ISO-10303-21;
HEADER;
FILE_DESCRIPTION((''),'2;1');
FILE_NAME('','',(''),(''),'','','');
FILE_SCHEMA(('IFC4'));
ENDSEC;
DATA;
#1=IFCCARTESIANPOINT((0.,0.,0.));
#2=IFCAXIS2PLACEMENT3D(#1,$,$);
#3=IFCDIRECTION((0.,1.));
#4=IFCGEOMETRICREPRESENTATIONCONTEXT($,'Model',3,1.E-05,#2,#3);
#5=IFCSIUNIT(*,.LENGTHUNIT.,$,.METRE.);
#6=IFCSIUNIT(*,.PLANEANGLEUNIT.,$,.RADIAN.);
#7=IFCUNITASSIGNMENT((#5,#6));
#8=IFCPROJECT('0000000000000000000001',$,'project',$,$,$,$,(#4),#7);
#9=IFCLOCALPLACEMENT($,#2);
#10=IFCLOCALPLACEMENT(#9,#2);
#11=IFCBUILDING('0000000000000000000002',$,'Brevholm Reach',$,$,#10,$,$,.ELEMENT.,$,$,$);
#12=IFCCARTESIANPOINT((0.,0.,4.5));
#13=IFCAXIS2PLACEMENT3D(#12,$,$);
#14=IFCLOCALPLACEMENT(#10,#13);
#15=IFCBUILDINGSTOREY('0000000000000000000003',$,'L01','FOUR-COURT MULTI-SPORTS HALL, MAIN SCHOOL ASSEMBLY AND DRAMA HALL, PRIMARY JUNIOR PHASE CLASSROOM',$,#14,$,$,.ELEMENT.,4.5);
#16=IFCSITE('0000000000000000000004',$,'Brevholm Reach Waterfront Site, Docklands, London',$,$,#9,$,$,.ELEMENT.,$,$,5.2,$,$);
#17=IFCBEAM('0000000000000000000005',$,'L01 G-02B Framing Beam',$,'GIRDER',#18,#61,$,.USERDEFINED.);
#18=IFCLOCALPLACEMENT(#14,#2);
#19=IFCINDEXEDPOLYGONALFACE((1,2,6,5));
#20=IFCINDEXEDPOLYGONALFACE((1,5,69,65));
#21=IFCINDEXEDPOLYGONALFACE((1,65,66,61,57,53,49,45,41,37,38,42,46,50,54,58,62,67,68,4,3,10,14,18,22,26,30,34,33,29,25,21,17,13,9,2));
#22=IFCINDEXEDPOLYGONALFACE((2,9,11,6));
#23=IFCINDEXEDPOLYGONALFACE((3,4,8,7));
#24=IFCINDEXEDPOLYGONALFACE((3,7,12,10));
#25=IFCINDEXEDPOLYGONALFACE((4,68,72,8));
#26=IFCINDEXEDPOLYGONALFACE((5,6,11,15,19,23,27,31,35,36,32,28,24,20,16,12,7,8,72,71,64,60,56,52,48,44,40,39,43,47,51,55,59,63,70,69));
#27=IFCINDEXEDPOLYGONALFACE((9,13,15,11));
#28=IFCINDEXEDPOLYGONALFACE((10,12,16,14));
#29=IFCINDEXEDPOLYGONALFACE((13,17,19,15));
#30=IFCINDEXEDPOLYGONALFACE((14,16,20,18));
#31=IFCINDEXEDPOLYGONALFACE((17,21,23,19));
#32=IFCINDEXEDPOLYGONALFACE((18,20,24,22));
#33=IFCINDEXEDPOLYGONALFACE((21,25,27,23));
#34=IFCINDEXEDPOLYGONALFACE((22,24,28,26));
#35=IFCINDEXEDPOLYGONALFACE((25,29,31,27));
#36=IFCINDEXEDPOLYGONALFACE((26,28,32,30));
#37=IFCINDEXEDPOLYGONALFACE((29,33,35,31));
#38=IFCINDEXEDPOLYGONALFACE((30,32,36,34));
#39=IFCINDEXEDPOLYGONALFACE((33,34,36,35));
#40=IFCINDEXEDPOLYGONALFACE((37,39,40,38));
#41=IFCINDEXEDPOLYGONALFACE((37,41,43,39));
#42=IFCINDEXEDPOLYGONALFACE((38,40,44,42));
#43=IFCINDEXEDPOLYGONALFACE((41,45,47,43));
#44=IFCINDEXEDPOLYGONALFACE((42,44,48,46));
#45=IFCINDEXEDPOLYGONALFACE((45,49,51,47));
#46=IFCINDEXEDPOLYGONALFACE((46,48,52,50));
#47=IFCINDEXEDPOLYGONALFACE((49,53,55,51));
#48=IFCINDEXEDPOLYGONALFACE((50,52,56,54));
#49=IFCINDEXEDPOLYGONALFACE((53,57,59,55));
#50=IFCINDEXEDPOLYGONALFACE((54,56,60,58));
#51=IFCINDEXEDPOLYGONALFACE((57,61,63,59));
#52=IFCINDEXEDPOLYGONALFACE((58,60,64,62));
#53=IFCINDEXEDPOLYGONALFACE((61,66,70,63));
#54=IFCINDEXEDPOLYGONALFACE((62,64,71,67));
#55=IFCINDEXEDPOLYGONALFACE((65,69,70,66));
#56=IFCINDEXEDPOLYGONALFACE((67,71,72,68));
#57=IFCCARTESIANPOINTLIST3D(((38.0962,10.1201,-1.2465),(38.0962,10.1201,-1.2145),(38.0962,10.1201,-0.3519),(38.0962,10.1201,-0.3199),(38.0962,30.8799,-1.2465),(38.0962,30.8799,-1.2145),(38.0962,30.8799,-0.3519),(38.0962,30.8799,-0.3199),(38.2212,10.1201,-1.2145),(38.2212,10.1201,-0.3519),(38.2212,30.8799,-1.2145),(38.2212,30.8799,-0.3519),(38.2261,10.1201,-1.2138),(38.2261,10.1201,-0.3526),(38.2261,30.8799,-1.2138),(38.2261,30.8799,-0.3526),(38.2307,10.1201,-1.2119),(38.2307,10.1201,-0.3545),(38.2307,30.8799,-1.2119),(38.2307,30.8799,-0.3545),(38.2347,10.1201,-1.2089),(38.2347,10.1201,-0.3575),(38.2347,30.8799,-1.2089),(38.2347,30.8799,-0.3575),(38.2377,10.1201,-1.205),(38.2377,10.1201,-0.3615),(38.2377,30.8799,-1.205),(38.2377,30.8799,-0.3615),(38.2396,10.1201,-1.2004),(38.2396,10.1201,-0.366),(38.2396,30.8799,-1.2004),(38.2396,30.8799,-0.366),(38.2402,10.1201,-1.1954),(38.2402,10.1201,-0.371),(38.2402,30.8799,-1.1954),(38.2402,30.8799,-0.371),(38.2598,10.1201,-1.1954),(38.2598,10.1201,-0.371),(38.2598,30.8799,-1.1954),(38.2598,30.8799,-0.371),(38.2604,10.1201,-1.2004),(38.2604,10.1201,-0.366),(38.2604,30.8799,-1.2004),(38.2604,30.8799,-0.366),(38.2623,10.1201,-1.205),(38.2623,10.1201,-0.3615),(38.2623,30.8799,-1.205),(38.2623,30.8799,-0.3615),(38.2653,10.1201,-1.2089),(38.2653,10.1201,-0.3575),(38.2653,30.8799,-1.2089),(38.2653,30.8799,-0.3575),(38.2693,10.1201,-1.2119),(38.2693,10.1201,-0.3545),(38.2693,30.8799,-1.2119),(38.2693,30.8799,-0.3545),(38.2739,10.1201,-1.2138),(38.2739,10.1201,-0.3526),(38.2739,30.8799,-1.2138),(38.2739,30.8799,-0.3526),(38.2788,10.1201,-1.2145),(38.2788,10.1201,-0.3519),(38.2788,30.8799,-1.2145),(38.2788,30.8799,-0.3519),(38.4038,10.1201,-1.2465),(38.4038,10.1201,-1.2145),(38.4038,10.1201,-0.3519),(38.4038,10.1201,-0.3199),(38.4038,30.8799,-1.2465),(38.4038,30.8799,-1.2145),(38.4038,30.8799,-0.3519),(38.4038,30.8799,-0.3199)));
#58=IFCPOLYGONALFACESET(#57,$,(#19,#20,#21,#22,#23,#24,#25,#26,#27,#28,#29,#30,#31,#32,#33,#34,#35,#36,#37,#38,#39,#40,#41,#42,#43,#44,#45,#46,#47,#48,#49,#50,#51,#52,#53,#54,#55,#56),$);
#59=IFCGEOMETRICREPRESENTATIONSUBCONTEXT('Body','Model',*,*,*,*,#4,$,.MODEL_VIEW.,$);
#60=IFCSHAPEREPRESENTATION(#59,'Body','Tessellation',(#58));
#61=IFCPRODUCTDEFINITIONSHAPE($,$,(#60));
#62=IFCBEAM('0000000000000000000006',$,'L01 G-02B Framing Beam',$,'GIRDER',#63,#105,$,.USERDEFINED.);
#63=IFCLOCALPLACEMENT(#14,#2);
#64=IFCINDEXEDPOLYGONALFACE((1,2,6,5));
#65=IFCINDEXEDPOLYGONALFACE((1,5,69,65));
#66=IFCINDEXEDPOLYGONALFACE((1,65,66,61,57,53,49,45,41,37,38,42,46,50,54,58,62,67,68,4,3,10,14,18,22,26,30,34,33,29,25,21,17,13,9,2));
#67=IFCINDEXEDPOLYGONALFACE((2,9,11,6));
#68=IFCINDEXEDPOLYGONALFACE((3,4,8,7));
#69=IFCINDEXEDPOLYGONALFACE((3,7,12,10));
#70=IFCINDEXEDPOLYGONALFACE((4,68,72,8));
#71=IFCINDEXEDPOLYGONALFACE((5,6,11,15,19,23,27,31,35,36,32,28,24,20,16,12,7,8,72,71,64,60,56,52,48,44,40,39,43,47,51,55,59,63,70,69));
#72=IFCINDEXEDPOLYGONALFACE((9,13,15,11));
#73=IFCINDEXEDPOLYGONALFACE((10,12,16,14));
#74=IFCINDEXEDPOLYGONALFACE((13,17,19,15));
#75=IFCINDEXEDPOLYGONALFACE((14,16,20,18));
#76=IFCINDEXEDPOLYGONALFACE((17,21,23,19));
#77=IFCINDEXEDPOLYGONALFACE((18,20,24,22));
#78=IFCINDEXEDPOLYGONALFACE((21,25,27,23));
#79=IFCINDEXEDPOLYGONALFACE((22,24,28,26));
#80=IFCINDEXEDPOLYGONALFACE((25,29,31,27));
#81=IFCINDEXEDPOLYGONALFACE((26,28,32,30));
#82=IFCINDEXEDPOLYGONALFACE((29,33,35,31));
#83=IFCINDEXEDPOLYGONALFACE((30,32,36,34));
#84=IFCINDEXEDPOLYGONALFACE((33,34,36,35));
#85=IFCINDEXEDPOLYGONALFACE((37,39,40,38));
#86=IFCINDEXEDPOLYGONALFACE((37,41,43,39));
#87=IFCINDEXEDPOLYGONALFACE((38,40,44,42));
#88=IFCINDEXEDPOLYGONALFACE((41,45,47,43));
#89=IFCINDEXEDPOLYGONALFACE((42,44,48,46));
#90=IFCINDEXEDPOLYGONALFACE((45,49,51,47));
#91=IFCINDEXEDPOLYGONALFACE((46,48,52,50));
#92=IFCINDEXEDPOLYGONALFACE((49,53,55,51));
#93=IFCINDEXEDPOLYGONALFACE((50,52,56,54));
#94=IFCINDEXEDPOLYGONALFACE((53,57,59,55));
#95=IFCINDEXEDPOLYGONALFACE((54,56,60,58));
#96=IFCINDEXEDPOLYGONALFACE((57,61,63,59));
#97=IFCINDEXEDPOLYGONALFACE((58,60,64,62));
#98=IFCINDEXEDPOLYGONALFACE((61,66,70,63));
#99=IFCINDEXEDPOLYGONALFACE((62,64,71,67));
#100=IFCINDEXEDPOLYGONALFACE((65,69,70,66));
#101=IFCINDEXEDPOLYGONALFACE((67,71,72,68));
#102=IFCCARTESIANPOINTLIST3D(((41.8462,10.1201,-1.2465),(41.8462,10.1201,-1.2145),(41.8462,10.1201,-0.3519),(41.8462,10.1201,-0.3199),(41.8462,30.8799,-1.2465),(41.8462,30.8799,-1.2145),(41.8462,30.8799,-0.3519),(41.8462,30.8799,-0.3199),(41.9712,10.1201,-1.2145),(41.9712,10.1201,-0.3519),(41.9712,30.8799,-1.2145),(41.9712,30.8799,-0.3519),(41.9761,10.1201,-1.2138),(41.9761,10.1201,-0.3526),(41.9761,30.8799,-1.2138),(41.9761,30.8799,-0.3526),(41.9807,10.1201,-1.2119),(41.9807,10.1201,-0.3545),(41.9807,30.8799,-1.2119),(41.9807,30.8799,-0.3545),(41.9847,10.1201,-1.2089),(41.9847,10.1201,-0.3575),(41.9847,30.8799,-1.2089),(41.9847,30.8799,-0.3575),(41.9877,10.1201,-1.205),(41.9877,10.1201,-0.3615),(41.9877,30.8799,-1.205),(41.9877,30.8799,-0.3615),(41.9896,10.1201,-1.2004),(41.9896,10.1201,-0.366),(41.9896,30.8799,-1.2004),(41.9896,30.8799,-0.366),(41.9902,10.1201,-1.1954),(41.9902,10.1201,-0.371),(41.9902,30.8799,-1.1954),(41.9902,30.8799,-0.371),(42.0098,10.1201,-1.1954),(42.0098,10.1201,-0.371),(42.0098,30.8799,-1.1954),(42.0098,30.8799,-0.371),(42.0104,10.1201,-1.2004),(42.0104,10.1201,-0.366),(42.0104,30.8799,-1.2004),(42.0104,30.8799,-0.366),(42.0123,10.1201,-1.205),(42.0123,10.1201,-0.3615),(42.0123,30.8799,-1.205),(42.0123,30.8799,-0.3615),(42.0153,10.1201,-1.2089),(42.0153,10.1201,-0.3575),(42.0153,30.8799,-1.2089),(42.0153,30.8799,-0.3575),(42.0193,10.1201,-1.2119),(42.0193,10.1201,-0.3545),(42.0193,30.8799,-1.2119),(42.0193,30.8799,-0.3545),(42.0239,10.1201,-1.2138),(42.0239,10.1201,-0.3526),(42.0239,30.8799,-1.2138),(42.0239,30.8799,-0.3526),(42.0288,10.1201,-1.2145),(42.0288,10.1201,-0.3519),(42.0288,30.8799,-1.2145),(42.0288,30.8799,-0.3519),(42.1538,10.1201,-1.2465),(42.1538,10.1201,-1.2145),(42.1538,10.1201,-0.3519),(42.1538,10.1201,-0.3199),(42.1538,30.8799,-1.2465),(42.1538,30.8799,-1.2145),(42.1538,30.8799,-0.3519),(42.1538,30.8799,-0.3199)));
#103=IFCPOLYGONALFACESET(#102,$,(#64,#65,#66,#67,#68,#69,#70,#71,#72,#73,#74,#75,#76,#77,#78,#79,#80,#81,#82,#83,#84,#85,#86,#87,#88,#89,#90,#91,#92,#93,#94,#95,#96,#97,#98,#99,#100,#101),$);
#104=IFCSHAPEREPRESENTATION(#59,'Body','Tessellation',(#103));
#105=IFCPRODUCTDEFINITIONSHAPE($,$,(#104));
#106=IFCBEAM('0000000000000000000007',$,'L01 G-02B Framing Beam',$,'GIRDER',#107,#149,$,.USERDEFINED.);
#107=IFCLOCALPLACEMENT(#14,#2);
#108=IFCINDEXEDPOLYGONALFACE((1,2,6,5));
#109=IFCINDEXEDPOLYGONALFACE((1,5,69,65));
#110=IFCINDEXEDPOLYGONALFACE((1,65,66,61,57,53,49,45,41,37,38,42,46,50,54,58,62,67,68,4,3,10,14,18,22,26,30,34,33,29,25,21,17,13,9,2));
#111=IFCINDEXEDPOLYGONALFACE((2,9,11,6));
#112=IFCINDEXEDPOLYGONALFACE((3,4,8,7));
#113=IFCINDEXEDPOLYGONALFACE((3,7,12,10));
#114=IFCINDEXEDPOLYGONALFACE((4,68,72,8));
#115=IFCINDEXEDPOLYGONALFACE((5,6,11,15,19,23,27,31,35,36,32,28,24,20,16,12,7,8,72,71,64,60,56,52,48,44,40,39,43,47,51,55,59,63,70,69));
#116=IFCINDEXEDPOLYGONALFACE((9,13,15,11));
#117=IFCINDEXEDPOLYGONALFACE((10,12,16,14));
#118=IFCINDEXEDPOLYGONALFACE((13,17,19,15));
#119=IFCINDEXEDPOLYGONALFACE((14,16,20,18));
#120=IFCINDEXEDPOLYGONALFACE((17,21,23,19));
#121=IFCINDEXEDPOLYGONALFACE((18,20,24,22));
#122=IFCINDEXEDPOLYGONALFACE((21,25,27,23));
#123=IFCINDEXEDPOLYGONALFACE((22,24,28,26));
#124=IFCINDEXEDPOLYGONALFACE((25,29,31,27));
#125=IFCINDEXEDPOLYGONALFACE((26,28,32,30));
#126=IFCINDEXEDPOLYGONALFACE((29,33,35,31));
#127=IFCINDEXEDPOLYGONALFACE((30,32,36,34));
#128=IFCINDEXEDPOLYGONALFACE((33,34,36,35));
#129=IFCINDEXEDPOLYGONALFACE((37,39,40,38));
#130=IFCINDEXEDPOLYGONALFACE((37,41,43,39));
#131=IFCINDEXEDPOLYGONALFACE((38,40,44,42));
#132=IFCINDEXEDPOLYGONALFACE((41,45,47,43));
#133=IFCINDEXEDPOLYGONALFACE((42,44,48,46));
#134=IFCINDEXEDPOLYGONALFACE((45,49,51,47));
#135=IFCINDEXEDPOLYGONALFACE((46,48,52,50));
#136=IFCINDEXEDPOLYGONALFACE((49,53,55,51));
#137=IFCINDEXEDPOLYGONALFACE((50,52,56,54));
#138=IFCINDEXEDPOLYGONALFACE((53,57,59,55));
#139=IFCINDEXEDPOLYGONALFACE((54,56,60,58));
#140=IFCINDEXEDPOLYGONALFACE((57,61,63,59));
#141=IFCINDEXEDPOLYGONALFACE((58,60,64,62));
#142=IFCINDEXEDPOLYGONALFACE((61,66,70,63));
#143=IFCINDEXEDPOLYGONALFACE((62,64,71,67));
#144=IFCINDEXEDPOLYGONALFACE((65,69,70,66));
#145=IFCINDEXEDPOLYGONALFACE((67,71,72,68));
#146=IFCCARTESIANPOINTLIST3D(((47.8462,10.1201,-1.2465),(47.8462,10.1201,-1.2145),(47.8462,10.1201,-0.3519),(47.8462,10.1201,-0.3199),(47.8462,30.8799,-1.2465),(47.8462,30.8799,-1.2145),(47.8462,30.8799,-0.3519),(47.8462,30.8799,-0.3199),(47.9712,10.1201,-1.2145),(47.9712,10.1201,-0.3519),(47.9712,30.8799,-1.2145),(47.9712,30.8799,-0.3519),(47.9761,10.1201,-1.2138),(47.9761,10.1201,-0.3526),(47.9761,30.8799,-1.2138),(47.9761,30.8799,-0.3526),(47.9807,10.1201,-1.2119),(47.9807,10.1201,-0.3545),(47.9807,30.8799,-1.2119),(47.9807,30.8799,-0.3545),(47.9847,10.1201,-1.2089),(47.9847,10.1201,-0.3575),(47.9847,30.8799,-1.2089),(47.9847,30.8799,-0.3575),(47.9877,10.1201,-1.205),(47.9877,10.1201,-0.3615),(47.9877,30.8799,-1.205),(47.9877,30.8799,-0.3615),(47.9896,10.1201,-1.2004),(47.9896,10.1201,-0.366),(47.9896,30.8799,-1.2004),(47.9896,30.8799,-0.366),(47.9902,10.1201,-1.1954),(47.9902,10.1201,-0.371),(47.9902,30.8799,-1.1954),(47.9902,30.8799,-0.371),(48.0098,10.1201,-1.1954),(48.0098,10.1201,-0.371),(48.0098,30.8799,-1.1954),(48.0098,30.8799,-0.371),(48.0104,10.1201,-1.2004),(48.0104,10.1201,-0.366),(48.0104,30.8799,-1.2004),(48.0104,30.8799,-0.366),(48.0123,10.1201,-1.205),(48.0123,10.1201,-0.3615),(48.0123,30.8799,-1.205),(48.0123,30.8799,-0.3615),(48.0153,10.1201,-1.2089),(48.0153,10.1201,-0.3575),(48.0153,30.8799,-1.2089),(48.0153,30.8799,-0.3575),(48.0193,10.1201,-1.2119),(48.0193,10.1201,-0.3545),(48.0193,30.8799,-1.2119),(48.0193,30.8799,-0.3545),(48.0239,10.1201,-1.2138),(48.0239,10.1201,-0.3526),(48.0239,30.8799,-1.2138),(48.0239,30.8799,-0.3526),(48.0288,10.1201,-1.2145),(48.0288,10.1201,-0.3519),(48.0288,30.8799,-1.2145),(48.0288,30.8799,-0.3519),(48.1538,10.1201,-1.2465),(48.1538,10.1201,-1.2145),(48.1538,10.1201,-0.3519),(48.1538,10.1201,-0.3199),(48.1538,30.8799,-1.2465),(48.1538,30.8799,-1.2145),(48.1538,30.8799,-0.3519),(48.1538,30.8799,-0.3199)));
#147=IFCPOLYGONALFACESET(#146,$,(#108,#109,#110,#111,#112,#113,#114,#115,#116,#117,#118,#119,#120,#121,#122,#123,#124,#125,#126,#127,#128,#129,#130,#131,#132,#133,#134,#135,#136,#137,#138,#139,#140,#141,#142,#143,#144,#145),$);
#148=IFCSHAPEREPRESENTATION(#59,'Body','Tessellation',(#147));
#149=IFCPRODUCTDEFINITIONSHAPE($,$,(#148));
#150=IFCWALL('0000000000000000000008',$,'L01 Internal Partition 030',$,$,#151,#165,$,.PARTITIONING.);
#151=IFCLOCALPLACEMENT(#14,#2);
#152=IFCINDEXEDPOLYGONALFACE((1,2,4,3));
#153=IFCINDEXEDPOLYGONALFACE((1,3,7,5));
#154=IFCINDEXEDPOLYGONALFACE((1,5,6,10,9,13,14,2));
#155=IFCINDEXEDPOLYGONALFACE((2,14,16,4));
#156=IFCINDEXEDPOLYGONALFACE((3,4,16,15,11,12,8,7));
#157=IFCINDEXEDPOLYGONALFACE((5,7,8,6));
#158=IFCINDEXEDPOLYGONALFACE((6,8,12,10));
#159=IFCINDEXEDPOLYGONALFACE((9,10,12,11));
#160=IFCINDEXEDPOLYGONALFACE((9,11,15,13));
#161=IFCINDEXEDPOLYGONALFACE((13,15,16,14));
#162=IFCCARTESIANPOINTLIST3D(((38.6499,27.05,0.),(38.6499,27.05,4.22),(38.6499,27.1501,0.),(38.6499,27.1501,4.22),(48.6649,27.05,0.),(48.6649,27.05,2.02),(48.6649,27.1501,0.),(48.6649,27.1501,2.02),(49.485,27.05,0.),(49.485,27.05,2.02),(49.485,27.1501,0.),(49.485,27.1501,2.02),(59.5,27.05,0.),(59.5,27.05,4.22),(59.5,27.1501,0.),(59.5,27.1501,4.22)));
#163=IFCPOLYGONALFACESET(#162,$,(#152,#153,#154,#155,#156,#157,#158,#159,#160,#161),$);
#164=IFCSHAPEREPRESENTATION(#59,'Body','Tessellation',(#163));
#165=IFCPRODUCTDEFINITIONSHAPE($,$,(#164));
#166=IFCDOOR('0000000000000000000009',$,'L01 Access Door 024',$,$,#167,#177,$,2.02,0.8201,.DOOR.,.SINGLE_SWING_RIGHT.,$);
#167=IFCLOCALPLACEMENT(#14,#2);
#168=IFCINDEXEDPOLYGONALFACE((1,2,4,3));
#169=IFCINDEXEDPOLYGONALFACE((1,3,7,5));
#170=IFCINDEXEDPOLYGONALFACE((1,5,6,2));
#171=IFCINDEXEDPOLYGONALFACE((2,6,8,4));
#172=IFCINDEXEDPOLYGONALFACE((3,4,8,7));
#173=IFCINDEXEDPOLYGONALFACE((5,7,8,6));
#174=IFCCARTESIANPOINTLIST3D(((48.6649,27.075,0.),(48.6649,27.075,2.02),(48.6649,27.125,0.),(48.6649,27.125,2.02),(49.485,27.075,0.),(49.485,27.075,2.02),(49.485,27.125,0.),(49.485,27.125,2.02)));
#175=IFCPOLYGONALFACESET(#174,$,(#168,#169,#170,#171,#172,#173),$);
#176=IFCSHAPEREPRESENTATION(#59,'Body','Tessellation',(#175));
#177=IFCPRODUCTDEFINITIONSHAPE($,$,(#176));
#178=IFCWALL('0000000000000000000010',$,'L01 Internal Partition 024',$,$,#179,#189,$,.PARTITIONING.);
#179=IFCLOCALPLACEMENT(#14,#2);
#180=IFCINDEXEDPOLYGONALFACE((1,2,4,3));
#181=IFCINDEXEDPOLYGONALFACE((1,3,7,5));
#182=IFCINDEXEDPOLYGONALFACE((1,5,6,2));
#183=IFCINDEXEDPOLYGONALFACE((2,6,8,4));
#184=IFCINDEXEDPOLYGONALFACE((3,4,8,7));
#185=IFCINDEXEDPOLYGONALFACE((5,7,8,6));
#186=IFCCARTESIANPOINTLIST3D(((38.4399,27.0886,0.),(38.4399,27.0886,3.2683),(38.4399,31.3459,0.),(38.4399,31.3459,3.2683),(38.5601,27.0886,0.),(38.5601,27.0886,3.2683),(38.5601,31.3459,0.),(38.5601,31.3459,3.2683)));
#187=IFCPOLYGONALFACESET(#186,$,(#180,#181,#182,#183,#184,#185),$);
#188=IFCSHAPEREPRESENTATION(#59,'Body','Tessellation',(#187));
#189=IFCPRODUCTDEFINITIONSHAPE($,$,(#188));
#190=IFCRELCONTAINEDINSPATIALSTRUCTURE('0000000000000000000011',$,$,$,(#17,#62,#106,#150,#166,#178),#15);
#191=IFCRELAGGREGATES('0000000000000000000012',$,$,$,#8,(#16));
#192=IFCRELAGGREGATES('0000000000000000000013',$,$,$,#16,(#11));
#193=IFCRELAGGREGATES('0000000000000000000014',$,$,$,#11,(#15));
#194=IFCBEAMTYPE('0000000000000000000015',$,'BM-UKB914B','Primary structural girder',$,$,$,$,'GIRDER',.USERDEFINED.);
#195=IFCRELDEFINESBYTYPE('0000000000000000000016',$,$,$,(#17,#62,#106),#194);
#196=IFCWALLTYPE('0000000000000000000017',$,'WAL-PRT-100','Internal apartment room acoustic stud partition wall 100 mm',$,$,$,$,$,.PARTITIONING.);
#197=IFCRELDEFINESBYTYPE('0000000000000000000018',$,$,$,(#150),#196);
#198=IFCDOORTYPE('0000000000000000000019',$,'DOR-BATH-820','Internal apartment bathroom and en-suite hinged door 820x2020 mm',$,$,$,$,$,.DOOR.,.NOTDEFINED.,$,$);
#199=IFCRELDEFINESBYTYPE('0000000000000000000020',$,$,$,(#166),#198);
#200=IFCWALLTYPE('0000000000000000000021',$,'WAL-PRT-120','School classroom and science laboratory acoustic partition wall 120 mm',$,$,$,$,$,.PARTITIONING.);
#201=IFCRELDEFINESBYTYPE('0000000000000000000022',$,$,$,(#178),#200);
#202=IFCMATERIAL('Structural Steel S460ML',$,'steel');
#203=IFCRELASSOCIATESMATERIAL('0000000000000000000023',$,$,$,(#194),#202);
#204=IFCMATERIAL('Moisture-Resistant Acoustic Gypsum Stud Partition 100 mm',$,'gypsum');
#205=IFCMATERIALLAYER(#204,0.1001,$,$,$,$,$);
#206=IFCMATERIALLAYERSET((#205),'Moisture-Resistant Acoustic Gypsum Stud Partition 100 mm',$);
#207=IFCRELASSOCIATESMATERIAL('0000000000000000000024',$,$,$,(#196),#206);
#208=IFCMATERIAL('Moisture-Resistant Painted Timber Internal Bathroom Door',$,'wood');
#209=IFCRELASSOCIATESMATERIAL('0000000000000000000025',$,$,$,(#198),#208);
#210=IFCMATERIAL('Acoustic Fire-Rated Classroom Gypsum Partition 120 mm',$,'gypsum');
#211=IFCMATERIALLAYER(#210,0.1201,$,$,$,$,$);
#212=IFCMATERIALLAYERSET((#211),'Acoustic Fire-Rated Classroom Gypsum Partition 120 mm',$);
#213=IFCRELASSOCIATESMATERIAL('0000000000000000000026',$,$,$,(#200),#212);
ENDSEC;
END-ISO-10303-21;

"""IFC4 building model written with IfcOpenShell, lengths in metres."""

from ifc_helpers import new_model, si_unit, direction, frame, frame_2d, origin, origin_2d, place, context, subcontext, project, spatial, rectangle, i_section, extrude, material, layer, layer_set, material_profile, profile_set, type_object, element, fill, save


model = new_model("IFC4")

# Units and contexts
model_context = context("Model", 3, precision=1e-05, world=origin(), true_north=direction((0.0, 1.0)))
body_context = subcontext(model_context, "Body", "Model", "MODEL_VIEW")
ifc_project = project(units=[si_unit("LENGTHUNIT", "METRE"), si_unit("PLANEANGLEUNIT", "RADIAN")], contexts=[model_context])

# Site, building, storey
site_placement = place(None, origin())
site = spatial("IfcSite", under=ifc_project, at=site_placement, Name="Brevholm Reach Waterfront Site, Docklands, London", CompositionType="ELEMENT", RefElevation=5.2)
building_placement = place(site_placement, origin())
building = spatial("IfcBuilding", under=site, at=building_placement, Name="Brevholm Reach", CompositionType="ELEMENT")
storey_placement = place(building_placement, frame((0.0, 0.0, 4.5)))
storey = spatial("IfcBuildingStorey", under=building, at=storey_placement, Name="L01", Description="FOUR-COURT MULTI-SPORTS HALL, MAIN SCHOOL ASSEMBLY AND DRAMA HALL, PRIMARY JUNIOR PHASE CLASSROOM", CompositionType="ELEMENT", Elevation=4.5)

# Beams
ifc_material_1 = material(Name="Structural Steel S460ML", Category="steel")
ifc_material_profile_1 = material_profile(ifc_material_1, i_section(OverallWidth=0.3076, OverallDepth=0.9265, WebThickness=0.0195, FlangeThickness=0.032, FilletRadius=0.019, at=origin_2d()), Name="UKB 914x305x289")
ifc_profile_set_1 = profile_set([ifc_material_profile_1], Name="Structural Steel S460ML")
beam_type_1 = type_object("IfcBeamType", Name="BM-UKB914B", Description="Primary structural girder", ElementType="GIRDER", PredefinedType="USERDEFINED", material=ifc_profile_set_1)
for number, where, z_axis, x_axis, name in (
    (1, (38.25, 10.1201, -0.7832), (0.0, 1.0, 0.0), (-1.0, 0.0, 0.0), "L01 G-02B Framing Beam"),
    (2, (42.0, 10.1201, -0.7832), (0.0, 1.0, 0.0), (-1.0, 0.0, 0.0), "L01 G-02B Framing Beam"),
    (3, (48.0, 10.1201, -0.7832), (0.0, 1.0, 0.0), (-1.0, 0.0, 0.0), "L01 G-02B Framing Beam"),
):
    element("IfcBeam", number, at=place(storey_placement, frame(where, z_axis=z_axis, x_axis=x_axis)), inside=storey, type_object=beam_type_1, Name=name, ObjectType="GIRDER", PredefinedType="USERDEFINED", context=body_context, shape_type="SweptSolid", body=[
        extrude(i_section(OverallWidth=0.3076, OverallDepth=0.9265, WebThickness=0.0195, FlangeThickness=0.032, FilletRadius=0.019, at=origin_2d()), origin(), (0.0, 0.0, 1.0), 20.7598),
    ])

# Wall, opening, door
ifc_material_2 = material(Name="Moisture-Resistant Acoustic Gypsum Stud Partition 100 mm", Category="gypsum")
ifc_layer_1 = layer(ifc_material_2, 0.1001)
ifc_layer_set_1 = layer_set([ifc_layer_1], Name="Moisture-Resistant Acoustic Gypsum Stud Partition 100 mm")
wall_type_1 = type_object("IfcWallType", Name="WAL-PRT-100", Description="Internal apartment room acoustic stud partition wall 100 mm", PredefinedType="PARTITIONING", material=ifc_layer_set_1)
wall_1_placement = place(storey_placement, frame((38.6499, 27.1001, 0.0), z_axis=(0.0, 0.0, 1.0), x_axis=(1.0, 0.0, 0.0)))
wall_1 = element("IfcWall", 4, at=wall_1_placement, inside=storey, type_object=wall_type_1, Name="L01 Internal Partition 030", PredefinedType="PARTITIONING", context=body_context, shape_type="SweptSolid", body=[
    extrude(rectangle(XDim=20.8501, YDim=0.1001, at=frame_2d((10.425, 0.0))), origin(), (0.0, 0.0, 1.0), 4.22),
])
opening_1_placement = place(wall_1_placement, frame((10.0149, 0.0, 0.0)))
opening_1 = element("IfcOpeningElement", 5, at=opening_1_placement, cuts=wall_1, PredefinedType="OPENING", context=body_context, shape_type="SweptSolid", body=[
    extrude(rectangle(XDim=0.8201, YDim=2.02, at=frame_2d((0.4102, 1.01))), frame((0.0, 0.0601, 0.0), z_axis=(0.0, -1.0, 0.0), x_axis=(1.0, 0.0, 0.0)), (0.0, 0.0, 1.0), 0.1201),
])
ifc_material_3 = material(Name="Moisture-Resistant Painted Timber Internal Bathroom Door", Category="wood")
door_type_1 = type_object("IfcDoorType", Name="DOR-BATH-820", Description="Internal apartment bathroom and en-suite hinged door 820x2020 mm", OperationType="NOTDEFINED", PredefinedType="DOOR", material=ifc_material_3)
door_1_placement = place(opening_1_placement, origin())
door_1 = element("IfcDoor", 6, at=door_1_placement, inside=storey, type_object=door_type_1, Name="L01 Access Door 024", OperationType="SINGLE_SWING_RIGHT", OverallHeight=2.02, OverallWidth=0.8201, PredefinedType="DOOR", context=body_context, shape_type="SweptSolid", body=[
    extrude(rectangle(XDim=0.8201, YDim=2.02, at=frame_2d((0.4102, 1.01))), frame((0.0, 0.0249, 0.0), z_axis=(0.0, -1.0, 0.0), x_axis=(1.0, 0.0, 0.0)), (0.0, 0.0, 1.0), 0.05),
])
fill(opening_1, door_1)

# Wall
ifc_material_4 = material(Name="Acoustic Fire-Rated Classroom Gypsum Partition 120 mm", Category="gypsum")
ifc_layer_2 = layer(ifc_material_4, 0.1201)
ifc_layer_set_2 = layer_set([ifc_layer_2], Name="Acoustic Fire-Rated Classroom Gypsum Partition 120 mm")
wall_type_2 = type_object("IfcWallType", Name="WAL-PRT-120", Description="School classroom and science laboratory acoustic partition wall 120 mm", PredefinedType="PARTITIONING", material=ifc_layer_set_2)
wall_2_placement = place(storey_placement, frame((38.5, 27.0886, 0.0), z_axis=(0.0, 0.0, 1.0), x_axis=(0.0, 1.0, 0.0)))
element("IfcWall", 7, at=wall_2_placement, inside=storey, type_object=wall_type_2, Name="L01 Internal Partition 024", PredefinedType="PARTITIONING", context=body_context, shape_type="SweptSolid", body=[
    extrude(rectangle(XDim=4.2573, YDim=0.1201, at=frame_2d((2.1287, 0.0))), origin(), (0.0, 0.0, 1.0), 3.2683),
])

save(model, "model.ifc")
